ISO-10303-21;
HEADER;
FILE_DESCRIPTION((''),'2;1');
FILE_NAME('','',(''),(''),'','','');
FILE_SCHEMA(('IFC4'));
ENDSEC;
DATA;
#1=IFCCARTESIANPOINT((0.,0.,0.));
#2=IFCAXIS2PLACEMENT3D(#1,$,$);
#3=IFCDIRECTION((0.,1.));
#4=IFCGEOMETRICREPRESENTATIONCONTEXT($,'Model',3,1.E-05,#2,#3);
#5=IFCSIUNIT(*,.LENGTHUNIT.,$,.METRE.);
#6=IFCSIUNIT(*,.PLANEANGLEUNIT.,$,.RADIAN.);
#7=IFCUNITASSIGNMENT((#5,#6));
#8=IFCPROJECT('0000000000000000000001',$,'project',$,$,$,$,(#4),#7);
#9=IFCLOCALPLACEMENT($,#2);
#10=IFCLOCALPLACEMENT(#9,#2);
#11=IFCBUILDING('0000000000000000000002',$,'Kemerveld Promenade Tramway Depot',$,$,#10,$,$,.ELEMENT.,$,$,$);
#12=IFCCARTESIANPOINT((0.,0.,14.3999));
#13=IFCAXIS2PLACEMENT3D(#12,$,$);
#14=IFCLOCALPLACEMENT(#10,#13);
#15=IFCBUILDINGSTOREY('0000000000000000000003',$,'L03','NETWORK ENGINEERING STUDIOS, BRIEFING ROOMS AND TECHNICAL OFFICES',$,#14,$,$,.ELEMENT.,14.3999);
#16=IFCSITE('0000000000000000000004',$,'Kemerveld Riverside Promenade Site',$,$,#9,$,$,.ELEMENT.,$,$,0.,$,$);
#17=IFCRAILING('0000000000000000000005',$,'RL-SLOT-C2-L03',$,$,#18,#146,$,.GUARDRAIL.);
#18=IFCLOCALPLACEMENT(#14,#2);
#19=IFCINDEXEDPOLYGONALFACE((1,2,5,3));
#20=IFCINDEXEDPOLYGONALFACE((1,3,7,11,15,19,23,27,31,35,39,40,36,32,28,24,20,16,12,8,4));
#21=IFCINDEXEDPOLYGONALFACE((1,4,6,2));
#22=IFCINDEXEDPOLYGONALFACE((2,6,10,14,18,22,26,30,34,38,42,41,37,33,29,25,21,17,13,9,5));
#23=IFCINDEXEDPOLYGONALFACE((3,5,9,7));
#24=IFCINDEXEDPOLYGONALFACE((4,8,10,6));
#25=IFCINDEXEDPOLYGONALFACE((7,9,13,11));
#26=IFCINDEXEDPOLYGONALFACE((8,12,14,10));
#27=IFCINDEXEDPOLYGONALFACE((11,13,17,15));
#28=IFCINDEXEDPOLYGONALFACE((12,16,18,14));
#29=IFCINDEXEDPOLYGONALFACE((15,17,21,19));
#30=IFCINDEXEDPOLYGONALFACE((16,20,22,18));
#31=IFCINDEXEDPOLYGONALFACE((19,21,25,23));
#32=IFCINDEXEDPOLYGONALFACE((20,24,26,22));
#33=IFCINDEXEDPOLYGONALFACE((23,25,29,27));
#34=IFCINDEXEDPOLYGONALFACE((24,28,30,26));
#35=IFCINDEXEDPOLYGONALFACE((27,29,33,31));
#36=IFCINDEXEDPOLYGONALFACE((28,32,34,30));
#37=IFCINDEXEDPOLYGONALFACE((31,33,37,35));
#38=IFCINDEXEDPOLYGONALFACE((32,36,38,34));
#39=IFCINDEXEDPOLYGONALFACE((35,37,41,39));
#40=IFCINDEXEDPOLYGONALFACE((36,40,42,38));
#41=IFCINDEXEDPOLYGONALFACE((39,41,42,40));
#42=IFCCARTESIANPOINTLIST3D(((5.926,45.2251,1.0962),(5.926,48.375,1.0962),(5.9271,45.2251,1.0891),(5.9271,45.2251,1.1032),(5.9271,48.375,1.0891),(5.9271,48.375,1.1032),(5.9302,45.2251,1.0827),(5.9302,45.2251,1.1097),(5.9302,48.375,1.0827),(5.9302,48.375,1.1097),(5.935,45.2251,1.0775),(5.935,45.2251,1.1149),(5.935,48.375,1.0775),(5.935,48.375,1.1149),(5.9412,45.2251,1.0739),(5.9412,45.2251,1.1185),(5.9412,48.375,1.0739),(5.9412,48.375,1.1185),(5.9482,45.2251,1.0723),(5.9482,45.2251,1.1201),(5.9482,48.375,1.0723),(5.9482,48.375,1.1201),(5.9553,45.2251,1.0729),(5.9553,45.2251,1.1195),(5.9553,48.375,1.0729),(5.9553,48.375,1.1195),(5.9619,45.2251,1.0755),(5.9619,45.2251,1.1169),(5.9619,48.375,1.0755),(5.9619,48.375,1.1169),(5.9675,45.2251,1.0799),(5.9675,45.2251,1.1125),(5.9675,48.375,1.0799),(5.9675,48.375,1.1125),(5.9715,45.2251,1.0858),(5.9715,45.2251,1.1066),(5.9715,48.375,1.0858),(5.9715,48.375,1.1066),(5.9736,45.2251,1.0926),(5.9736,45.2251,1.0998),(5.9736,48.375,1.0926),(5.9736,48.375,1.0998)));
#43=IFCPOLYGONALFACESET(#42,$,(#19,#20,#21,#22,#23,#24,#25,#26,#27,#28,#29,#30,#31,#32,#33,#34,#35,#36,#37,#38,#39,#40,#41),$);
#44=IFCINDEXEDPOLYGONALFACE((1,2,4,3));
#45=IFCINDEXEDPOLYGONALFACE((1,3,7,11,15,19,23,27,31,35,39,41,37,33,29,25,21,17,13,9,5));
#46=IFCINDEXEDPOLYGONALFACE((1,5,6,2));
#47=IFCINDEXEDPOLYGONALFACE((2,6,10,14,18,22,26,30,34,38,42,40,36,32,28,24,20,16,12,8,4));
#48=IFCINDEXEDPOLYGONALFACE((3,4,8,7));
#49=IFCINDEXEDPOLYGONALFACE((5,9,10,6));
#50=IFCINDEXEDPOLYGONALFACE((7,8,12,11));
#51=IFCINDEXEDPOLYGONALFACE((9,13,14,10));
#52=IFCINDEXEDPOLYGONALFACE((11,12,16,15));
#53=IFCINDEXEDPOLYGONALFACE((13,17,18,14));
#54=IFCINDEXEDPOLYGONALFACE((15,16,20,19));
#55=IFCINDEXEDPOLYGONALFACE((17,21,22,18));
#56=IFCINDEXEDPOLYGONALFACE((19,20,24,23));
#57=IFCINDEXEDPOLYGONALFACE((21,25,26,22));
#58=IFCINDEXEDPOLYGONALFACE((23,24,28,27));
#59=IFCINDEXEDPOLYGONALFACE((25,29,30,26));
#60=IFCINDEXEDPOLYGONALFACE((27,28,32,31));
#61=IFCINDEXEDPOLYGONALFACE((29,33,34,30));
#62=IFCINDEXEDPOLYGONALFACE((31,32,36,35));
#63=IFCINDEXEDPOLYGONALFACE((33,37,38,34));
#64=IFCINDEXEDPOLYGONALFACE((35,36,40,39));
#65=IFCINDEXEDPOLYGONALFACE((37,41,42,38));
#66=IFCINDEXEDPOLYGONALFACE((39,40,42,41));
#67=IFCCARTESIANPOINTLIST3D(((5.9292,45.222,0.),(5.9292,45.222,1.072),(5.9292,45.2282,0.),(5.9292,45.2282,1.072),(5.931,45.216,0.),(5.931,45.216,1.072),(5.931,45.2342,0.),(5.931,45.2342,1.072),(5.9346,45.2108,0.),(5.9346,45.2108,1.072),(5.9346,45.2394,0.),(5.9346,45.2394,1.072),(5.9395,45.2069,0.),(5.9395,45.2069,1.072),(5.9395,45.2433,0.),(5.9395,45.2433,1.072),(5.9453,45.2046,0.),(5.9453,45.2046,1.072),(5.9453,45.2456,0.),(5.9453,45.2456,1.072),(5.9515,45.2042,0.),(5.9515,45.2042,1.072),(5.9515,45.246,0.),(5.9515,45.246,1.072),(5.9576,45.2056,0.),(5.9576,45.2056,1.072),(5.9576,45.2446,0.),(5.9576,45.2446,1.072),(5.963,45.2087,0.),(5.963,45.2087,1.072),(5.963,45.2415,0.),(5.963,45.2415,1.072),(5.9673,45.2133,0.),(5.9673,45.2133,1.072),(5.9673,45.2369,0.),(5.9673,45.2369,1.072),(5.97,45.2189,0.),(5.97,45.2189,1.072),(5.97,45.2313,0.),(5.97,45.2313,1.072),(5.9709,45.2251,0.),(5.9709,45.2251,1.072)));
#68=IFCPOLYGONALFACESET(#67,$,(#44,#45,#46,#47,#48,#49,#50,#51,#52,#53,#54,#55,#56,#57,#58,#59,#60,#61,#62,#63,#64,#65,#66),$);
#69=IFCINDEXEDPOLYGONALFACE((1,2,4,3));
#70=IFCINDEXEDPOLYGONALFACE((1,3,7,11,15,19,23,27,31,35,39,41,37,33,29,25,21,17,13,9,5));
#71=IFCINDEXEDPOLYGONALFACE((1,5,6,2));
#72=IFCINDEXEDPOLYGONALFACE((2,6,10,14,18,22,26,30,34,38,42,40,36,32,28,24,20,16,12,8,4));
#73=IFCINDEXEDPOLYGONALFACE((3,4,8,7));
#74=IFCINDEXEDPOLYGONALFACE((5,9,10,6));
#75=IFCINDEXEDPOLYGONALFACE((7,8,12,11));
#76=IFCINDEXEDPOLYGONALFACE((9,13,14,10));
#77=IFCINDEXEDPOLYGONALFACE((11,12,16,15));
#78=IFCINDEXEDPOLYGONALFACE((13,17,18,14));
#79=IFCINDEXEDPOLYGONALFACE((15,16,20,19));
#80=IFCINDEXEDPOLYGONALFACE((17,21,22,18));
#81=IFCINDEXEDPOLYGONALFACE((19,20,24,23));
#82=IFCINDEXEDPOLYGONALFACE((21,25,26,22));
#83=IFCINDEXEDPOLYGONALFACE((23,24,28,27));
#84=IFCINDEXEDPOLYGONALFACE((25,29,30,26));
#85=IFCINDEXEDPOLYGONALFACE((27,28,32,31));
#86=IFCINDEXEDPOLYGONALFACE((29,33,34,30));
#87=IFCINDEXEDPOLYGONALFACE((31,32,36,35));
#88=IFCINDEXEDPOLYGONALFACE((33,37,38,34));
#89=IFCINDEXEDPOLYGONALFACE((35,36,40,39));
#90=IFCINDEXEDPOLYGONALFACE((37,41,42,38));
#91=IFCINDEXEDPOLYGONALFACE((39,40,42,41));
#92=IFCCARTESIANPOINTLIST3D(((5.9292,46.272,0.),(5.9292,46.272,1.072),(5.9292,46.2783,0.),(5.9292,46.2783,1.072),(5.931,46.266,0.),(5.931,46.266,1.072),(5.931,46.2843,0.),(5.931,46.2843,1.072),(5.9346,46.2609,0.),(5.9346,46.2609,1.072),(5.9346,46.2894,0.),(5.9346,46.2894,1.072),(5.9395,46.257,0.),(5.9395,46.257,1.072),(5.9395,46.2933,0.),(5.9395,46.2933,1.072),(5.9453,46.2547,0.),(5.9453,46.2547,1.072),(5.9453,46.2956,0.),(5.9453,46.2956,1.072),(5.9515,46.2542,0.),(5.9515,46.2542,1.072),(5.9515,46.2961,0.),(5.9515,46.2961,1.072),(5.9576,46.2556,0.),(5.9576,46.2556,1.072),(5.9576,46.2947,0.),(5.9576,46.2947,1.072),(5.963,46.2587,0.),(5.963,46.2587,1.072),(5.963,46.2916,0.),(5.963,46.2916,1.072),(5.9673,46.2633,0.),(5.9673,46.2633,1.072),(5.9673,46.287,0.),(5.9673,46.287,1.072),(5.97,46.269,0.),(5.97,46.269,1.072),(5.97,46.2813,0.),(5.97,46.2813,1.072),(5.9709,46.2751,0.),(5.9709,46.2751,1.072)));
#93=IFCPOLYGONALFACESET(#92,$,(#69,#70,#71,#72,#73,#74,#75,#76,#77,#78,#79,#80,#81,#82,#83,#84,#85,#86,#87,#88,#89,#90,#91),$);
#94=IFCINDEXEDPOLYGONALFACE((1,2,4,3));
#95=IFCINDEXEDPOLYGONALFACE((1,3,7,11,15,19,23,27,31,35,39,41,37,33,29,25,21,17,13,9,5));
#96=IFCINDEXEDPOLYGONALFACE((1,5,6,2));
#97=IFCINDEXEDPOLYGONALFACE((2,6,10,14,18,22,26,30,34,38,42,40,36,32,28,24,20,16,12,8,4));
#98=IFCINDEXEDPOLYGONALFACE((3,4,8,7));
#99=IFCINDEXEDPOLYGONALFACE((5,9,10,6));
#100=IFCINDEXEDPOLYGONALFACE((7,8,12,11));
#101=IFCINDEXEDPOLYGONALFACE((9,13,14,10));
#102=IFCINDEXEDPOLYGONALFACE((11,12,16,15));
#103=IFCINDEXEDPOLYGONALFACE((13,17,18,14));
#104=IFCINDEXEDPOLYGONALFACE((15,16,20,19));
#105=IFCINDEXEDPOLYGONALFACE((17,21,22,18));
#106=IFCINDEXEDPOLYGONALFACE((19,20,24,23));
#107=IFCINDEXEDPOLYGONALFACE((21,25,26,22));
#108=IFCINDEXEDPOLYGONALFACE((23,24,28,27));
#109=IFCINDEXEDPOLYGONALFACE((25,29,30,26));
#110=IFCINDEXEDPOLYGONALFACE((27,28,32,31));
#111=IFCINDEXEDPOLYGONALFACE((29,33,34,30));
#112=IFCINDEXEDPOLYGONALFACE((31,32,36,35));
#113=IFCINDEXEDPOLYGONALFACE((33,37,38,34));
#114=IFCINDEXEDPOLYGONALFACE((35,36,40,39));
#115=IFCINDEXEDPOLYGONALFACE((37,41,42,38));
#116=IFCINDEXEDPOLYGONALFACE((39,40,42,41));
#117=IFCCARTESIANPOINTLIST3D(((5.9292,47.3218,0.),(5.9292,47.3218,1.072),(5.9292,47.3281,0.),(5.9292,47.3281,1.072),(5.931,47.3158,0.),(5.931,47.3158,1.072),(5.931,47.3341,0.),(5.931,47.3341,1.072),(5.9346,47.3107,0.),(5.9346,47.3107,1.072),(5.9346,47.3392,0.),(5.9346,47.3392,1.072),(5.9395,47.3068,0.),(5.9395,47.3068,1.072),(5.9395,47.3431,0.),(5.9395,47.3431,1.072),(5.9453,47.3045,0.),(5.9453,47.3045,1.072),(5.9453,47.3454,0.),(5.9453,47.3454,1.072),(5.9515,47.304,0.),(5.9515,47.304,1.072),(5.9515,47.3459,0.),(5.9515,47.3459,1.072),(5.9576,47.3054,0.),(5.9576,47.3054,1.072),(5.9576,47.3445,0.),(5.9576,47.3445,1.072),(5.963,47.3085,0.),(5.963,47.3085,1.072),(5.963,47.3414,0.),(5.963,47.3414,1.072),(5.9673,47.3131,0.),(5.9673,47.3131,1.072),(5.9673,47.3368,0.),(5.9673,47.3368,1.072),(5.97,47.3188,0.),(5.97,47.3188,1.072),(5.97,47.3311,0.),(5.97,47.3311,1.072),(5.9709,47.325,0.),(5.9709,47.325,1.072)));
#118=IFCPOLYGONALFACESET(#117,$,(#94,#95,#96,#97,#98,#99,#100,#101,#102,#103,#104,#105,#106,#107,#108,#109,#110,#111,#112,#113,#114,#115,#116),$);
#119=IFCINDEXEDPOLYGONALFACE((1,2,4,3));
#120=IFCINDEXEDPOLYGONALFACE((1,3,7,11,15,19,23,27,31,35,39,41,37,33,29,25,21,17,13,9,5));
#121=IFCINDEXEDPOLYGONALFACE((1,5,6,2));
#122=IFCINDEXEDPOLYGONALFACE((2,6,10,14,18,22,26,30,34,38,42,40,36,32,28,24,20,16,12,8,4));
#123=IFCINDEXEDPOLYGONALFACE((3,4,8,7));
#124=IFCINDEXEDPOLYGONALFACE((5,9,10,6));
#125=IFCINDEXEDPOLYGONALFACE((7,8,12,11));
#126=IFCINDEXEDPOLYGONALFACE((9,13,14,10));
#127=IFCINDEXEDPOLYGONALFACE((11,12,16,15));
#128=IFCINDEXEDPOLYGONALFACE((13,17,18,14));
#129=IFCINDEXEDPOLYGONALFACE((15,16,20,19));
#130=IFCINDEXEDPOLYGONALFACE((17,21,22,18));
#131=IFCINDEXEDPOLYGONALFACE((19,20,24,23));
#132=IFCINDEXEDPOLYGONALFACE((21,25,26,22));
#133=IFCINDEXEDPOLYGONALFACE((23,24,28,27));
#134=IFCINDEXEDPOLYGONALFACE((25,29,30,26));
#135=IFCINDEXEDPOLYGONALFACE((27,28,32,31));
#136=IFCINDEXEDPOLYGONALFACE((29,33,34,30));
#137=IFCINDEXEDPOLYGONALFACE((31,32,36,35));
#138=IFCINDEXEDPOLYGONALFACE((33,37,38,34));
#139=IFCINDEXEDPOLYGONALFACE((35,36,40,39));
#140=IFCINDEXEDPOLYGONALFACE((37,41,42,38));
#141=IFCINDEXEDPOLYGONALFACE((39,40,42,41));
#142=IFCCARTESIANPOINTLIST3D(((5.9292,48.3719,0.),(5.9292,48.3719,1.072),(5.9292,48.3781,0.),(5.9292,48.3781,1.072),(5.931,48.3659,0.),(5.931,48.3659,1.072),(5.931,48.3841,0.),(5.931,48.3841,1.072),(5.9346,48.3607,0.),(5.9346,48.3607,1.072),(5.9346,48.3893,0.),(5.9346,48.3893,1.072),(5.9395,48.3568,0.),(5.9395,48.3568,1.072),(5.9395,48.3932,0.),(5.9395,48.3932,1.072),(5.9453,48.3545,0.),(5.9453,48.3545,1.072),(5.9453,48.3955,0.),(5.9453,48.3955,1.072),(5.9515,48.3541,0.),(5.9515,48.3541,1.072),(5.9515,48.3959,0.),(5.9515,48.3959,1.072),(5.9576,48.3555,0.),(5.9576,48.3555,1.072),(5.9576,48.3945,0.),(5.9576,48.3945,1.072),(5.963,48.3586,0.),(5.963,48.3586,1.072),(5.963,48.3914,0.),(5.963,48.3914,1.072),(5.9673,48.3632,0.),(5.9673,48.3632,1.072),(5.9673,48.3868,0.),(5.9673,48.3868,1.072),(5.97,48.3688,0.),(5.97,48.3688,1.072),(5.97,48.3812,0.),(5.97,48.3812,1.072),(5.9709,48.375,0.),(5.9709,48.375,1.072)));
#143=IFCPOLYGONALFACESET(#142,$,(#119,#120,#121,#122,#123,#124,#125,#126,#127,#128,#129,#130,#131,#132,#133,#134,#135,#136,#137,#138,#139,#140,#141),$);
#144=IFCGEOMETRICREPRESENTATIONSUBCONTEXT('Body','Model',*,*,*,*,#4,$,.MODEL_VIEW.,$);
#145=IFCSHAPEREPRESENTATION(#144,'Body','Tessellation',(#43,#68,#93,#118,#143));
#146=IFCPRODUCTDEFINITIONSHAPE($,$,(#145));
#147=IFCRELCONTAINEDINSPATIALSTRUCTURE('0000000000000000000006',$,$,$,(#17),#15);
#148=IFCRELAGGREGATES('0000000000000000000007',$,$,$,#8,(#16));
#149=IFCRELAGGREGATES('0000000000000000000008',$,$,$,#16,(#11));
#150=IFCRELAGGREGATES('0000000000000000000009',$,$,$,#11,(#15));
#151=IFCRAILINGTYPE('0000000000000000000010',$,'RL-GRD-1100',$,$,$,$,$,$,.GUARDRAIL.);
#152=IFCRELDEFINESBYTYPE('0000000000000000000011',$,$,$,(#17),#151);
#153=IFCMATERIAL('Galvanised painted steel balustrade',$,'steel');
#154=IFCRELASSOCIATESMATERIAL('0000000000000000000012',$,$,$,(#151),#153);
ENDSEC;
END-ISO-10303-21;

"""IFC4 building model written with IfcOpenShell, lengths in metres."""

from ifc_helpers import new_model, si_unit, direction, frame, origin, origin_2d, place, context, subcontext, project, spatial, circle, extrude, material, type_object, element, save


model = new_model("IFC4")

# Units and contexts
model_context = context("Model", 3, precision=1e-05, world=origin(), true_north=direction((0.0, 1.0)))
body_context = subcontext(model_context, "Body", "Model", "MODEL_VIEW")
ifc_project = project(units=[si_unit("LENGTHUNIT", "METRE"), si_unit("PLANEANGLEUNIT", "RADIAN")], contexts=[model_context])

# Site, building, storey
site_placement = place(None, origin())
site = spatial("IfcSite", under=ifc_project, at=site_placement, Name="Kemerveld Riverside Promenade Site", CompositionType="ELEMENT", RefElevation=0.0)
building_placement = place(site_placement, origin())
building = spatial("IfcBuilding", under=site, at=building_placement, Name="Kemerveld Promenade Tramway Depot", CompositionType="ELEMENT")
storey_placement = place(building_placement, frame((0.0, 0.0, 14.3999)))
storey = spatial("IfcBuildingStorey", under=building, at=storey_placement, Name="L03", Description="NETWORK ENGINEERING STUDIOS, BRIEFING ROOMS AND TECHNICAL OFFICES", CompositionType="ELEMENT", Elevation=14.3999)

# Railing
ifc_material_1 = material(Name="Galvanised painted steel balustrade", Category="steel")
railing_type_1 = type_object("IfcRailingType", Name="RL-GRD-1100", PredefinedType="GUARDRAIL", material=ifc_material_1)
railing_1_placement = place(storey_placement, frame((5.95, 45.2251, 0.0)))
element("IfcRailing", 1, at=railing_1_placement, inside=storey, type_object=railing_type_1, Name="RL-SLOT-C2-L03", PredefinedType="GUARDRAIL", context=body_context, shape_type="SweptSolid", body=[
    extrude(circle(Radius=0.0239, at=origin_2d()), frame((0.0, 0.0, 1.0962), z_axis=(0.0, 1.0, 0.0), x_axis=(-1.0, 0.0, 0.0)), (0.0, 0.0, 1.0), 3.1499),
    extrude(circle(Radius=0.021, at=origin_2d()), origin(), (0.0, 0.0, 1.0), 1.072),
    extrude(circle(Radius=0.021, at=origin_2d()), frame((0.0, 1.05, 0.0)), (0.0, 0.0, 1.0), 1.072),
    extrude(circle(Radius=0.021, at=origin_2d()), frame((0.0, 2.0999, 0.0)), (0.0, 0.0, 1.0), 1.072),
    extrude(circle(Radius=0.021, at=origin_2d()), frame((0.0, 3.1499, 0.0)), (0.0, 0.0, 1.0), 1.072),
])

save(model, "model.ifc")
